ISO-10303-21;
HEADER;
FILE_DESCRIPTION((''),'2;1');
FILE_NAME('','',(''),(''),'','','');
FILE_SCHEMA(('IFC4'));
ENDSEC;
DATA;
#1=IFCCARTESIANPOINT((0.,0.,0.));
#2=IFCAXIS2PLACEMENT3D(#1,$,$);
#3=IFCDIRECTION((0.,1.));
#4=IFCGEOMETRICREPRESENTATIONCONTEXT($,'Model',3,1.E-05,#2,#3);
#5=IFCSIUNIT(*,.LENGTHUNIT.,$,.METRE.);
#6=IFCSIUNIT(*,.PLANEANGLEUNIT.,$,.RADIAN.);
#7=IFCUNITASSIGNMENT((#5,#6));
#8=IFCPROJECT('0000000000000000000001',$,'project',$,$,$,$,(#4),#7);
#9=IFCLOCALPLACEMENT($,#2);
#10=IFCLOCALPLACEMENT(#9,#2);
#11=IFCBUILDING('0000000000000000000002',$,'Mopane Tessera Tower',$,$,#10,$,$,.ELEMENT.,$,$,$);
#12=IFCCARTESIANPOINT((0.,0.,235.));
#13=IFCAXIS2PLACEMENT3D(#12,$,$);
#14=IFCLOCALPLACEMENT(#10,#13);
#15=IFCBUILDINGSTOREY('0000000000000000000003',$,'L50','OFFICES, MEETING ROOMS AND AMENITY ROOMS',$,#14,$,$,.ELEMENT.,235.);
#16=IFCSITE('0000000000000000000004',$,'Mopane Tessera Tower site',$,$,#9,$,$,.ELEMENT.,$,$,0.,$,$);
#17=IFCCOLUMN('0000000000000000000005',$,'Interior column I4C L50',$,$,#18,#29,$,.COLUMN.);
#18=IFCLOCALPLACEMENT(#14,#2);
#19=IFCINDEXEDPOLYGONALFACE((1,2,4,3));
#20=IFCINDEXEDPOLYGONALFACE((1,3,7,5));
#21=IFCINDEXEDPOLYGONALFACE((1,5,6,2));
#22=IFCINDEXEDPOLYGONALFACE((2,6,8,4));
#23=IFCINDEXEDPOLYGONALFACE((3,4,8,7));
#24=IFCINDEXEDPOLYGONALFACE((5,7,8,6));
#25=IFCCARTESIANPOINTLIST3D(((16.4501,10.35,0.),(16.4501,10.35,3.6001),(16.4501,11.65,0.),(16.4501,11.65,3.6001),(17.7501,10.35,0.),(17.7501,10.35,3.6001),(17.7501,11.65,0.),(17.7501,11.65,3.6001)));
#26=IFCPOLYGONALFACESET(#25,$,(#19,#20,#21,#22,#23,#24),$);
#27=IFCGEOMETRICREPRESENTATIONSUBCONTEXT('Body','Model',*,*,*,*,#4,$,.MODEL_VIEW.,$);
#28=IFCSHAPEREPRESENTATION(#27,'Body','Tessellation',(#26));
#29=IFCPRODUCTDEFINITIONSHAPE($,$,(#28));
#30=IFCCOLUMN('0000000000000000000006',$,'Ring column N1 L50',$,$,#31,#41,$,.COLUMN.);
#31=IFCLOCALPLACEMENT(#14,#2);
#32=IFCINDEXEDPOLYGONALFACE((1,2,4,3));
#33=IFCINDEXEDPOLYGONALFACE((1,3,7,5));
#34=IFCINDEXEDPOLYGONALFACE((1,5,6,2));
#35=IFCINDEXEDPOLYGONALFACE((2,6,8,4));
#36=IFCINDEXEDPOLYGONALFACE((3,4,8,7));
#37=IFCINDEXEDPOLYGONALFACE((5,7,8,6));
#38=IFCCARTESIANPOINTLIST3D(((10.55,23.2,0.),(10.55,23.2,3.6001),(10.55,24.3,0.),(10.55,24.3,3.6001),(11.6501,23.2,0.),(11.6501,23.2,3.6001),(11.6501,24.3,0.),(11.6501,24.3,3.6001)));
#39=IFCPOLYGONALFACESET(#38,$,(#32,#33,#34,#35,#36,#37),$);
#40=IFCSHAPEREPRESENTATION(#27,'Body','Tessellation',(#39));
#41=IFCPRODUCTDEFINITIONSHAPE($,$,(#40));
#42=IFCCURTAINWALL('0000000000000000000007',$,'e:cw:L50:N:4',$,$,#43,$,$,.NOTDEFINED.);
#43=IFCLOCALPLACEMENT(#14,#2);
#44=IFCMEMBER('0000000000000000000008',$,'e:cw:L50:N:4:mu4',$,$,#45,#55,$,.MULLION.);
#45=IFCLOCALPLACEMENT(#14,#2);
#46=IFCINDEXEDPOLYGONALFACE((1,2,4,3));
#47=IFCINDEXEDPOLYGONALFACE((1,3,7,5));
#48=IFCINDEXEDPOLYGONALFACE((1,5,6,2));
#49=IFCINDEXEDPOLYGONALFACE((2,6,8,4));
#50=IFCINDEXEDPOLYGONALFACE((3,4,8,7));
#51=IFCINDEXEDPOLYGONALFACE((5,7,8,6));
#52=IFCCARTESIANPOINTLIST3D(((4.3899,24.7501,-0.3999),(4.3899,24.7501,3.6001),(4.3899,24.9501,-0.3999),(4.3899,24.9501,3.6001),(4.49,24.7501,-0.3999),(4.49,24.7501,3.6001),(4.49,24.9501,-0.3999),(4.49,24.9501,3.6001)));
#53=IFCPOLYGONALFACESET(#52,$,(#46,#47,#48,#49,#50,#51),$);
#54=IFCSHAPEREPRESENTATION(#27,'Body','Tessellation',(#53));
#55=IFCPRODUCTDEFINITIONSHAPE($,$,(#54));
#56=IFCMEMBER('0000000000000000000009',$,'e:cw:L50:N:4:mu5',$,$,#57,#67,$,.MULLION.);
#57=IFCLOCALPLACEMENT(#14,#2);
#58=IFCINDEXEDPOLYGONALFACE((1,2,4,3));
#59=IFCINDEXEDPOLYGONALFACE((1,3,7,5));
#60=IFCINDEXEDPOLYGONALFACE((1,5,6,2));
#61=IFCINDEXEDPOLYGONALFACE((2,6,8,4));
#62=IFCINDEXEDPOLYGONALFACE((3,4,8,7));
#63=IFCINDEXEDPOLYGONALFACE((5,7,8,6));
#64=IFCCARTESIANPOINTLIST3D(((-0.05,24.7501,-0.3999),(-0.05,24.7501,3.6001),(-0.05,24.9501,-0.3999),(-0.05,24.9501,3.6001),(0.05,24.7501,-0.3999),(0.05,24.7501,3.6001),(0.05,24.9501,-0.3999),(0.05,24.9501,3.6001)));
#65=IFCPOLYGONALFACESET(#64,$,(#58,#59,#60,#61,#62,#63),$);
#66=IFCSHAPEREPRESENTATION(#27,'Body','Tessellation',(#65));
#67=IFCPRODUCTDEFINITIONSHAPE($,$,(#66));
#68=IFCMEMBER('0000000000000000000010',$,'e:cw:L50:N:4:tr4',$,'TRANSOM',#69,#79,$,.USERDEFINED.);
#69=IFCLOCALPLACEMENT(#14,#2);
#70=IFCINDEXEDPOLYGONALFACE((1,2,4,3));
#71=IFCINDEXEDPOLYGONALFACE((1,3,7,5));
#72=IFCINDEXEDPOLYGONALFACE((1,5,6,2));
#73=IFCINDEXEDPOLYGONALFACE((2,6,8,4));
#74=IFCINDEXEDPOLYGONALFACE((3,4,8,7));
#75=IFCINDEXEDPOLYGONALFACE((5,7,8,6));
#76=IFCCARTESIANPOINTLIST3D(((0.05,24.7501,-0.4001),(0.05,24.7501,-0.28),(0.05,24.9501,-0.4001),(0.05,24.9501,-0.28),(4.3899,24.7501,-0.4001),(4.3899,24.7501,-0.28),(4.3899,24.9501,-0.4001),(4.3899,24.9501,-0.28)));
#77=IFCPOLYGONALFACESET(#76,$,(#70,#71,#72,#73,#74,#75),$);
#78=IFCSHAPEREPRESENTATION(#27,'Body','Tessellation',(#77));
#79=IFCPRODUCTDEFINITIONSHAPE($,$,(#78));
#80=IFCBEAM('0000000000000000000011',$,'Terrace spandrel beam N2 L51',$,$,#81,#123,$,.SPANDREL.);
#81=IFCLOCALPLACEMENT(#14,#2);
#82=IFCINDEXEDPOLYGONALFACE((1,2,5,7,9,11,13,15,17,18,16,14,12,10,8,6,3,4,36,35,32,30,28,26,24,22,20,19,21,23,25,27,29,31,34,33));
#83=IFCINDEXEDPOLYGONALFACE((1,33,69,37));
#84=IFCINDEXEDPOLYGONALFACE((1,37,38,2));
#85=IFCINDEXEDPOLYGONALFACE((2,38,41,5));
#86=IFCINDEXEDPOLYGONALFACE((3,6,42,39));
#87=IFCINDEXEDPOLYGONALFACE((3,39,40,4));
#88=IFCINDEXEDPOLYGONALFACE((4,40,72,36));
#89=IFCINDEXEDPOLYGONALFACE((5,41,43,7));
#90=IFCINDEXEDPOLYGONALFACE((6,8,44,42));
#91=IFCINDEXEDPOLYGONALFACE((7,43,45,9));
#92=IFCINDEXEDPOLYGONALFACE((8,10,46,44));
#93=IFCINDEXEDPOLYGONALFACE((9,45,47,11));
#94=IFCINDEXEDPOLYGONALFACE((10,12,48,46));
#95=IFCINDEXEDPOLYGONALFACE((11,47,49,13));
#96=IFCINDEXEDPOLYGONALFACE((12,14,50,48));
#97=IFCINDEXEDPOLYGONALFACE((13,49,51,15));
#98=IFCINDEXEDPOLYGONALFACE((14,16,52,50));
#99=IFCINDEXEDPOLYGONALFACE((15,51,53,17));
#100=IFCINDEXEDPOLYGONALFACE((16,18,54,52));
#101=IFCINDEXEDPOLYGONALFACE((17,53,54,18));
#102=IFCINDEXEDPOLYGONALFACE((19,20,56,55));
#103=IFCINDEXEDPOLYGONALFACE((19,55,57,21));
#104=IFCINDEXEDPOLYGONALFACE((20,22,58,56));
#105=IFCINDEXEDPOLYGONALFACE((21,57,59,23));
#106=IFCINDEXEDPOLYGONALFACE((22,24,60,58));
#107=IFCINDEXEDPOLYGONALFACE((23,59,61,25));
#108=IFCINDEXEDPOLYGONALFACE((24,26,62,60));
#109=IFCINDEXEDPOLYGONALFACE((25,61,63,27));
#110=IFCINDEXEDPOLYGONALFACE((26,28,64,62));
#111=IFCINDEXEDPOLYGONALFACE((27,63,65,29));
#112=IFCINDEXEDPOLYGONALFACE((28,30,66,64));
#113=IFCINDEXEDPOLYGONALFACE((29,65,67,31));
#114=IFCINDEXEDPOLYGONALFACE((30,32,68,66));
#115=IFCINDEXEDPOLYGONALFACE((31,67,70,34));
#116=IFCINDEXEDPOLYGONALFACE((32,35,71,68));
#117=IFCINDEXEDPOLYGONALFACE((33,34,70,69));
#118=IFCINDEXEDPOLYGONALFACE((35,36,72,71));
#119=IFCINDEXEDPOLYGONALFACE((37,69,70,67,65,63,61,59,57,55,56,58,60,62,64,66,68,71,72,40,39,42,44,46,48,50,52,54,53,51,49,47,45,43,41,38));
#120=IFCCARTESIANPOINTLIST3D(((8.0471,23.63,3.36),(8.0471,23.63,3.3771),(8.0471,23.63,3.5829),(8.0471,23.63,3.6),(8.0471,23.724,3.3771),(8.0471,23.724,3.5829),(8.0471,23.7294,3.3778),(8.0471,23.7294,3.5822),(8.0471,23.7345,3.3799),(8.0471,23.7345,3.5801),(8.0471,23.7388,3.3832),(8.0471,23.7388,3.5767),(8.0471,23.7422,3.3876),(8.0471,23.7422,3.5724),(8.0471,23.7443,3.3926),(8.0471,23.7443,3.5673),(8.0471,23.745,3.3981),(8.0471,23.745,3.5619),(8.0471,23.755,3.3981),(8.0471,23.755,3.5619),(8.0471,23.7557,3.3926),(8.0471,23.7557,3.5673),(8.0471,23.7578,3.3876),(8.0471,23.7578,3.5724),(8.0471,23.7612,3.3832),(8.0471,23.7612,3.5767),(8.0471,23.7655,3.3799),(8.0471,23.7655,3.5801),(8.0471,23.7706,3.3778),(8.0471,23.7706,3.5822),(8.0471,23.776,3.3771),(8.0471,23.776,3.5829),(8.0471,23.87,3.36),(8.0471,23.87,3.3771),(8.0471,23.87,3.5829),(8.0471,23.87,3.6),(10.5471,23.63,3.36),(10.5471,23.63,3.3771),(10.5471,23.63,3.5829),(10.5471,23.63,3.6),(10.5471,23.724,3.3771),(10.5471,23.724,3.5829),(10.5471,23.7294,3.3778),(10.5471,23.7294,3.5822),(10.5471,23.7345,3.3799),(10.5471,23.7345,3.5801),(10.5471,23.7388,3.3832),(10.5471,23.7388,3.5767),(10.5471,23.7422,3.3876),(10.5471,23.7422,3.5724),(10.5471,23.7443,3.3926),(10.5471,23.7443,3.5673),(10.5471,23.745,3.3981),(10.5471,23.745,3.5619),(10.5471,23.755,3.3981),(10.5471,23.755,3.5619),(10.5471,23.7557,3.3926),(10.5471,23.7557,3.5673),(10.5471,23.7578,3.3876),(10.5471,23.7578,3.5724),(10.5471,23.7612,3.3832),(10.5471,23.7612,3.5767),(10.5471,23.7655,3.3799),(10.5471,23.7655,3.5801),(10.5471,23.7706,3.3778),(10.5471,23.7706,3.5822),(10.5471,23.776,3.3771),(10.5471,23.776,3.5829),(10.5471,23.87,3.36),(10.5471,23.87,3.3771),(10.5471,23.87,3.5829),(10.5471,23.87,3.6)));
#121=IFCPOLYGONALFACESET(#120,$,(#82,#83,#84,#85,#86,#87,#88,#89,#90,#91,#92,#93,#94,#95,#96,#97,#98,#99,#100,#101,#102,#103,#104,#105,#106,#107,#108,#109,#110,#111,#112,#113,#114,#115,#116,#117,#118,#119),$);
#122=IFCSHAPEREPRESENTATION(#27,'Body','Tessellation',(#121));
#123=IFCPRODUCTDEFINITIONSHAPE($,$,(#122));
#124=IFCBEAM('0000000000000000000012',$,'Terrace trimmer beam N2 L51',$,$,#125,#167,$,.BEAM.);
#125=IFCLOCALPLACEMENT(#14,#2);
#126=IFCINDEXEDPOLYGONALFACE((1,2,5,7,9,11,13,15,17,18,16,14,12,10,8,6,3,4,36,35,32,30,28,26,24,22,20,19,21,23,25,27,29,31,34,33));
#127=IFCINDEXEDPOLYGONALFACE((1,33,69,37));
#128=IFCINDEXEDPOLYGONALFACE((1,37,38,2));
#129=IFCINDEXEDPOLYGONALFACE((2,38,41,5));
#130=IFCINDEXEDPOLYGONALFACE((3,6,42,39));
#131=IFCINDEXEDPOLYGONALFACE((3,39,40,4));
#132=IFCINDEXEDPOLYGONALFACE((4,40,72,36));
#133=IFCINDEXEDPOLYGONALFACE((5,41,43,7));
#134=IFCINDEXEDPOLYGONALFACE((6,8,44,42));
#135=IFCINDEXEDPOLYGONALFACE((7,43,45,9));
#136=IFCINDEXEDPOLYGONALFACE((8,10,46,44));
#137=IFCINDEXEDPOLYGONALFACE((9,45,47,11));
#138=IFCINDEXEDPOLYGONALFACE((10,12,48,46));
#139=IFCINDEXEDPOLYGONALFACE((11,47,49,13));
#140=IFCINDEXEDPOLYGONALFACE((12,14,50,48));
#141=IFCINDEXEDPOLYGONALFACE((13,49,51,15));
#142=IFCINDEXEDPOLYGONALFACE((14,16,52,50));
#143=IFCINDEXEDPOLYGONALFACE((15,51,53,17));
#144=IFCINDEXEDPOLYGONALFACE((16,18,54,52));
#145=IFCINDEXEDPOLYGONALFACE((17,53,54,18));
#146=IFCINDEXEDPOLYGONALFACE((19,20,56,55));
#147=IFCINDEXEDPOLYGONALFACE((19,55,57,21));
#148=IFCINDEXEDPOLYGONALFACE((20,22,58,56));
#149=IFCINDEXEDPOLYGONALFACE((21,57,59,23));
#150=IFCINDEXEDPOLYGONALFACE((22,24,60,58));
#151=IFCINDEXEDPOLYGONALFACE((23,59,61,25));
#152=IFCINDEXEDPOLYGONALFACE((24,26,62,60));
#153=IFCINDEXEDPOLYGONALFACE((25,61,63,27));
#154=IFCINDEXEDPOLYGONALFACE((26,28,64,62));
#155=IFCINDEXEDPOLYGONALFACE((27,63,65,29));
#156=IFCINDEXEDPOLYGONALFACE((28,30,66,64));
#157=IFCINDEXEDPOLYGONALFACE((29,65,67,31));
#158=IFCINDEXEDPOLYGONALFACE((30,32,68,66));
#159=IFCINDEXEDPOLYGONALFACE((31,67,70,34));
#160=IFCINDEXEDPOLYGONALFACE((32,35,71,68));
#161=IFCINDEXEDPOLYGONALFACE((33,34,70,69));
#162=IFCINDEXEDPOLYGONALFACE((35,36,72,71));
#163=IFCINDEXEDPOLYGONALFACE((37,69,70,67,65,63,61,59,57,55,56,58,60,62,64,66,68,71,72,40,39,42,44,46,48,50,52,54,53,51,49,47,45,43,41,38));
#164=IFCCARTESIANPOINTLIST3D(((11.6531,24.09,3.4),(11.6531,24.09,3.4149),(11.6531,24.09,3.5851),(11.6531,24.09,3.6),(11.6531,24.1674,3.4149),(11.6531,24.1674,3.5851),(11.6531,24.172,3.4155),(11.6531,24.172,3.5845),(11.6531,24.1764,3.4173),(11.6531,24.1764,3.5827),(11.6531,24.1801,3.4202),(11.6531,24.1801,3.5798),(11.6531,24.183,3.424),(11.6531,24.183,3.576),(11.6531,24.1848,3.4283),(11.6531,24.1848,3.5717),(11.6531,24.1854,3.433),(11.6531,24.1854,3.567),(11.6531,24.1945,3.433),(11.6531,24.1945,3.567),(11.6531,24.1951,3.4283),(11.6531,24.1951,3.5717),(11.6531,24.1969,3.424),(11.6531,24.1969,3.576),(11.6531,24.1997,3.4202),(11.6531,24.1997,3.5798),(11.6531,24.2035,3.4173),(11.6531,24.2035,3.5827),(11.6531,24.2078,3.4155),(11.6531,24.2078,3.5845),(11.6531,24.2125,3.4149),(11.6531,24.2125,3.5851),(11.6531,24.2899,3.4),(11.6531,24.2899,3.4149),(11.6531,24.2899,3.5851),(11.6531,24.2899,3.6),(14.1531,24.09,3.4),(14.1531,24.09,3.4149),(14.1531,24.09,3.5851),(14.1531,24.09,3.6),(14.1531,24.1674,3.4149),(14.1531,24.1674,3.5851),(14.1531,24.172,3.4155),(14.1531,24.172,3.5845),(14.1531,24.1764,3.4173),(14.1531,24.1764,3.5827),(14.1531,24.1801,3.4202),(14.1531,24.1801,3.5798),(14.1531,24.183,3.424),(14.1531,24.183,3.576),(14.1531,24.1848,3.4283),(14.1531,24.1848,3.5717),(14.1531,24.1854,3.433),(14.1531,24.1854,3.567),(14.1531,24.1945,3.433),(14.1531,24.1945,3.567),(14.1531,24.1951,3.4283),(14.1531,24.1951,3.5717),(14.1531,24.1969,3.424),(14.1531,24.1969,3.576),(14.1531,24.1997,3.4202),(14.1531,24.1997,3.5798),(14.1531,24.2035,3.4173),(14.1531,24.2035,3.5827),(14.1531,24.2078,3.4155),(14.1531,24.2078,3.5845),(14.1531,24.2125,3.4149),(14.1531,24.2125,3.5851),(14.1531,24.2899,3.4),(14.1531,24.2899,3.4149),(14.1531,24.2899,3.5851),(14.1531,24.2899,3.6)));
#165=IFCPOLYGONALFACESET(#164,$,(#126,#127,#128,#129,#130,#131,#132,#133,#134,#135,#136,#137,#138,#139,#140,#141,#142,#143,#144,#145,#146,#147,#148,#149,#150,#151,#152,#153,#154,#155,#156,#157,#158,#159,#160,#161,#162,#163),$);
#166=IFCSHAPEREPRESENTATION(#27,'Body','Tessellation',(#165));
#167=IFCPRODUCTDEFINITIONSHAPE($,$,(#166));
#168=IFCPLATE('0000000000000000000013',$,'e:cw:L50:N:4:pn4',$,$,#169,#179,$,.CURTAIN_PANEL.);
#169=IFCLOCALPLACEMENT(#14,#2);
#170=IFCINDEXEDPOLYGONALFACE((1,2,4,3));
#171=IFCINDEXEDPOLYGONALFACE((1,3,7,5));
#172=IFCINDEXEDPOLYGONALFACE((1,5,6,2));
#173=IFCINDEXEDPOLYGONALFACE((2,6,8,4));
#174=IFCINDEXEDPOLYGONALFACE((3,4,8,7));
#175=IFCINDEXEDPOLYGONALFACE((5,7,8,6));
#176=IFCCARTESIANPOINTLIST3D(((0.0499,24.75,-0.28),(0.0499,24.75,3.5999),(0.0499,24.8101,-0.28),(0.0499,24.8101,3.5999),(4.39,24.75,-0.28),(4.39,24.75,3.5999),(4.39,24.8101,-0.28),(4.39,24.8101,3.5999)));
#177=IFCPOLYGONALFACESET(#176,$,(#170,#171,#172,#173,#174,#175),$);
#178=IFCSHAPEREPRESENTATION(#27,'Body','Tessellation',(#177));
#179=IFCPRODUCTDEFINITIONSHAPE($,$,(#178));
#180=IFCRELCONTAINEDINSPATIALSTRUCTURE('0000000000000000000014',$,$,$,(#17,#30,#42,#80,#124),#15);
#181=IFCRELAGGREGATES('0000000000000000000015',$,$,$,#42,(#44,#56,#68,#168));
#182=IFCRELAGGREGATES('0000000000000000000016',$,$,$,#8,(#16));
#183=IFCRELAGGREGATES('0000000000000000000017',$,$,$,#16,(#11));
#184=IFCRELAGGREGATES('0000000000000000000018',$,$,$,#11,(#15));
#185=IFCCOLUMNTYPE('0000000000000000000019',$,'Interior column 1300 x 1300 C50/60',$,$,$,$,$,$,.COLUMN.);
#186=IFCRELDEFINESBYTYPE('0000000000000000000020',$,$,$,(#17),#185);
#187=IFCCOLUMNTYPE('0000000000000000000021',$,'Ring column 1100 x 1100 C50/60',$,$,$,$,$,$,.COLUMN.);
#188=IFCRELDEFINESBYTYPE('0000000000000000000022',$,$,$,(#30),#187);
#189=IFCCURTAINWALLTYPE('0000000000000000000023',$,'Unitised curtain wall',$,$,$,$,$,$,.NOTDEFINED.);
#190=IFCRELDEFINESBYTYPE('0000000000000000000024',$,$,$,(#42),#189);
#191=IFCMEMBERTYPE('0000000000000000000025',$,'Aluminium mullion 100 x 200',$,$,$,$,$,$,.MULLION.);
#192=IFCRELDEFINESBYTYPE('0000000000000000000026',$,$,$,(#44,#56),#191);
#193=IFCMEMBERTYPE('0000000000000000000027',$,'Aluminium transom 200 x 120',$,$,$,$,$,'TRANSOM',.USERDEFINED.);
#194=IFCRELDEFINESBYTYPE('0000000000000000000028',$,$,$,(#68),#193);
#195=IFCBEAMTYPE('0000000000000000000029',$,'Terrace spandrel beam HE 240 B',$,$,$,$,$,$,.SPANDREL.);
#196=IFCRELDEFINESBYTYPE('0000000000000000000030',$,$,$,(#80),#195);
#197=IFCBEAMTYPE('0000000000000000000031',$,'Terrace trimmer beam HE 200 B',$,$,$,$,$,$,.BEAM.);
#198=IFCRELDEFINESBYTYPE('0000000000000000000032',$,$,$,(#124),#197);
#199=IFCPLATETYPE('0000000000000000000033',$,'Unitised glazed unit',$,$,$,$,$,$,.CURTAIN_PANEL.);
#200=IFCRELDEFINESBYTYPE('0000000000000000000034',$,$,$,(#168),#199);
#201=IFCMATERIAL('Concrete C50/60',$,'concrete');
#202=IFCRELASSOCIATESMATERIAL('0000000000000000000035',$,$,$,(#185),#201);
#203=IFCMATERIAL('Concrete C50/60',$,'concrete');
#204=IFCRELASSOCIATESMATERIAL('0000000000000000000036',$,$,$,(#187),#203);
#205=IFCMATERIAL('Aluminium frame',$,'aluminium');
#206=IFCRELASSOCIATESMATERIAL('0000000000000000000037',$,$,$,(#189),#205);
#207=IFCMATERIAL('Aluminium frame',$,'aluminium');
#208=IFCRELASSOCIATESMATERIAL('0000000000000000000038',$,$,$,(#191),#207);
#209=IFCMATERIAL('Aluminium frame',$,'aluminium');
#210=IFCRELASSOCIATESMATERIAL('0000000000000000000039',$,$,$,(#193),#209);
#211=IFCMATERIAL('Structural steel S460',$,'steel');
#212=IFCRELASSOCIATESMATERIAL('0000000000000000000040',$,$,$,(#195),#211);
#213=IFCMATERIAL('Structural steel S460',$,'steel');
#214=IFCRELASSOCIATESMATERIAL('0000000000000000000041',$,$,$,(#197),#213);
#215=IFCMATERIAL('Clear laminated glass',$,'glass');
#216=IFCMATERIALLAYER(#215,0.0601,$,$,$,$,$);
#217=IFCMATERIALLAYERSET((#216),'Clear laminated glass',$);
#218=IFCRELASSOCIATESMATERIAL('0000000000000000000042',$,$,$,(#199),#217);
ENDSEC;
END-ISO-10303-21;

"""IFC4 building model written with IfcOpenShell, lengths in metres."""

from ifc_helpers import new_model, si_unit, direction, frame, origin, origin_2d, place, context, subcontext, project, spatial, rectangle, i_section, extrude, material, layer, layer_set, material_profile, profile_set, type_object, element, aggregate, save


model = new_model("IFC4")

# Units and contexts
model_context = context("Model", 3, precision=1e-05, world=origin(), true_north=direction((0.0, 1.0)))
body_context = subcontext(model_context, "Body", "Model", "MODEL_VIEW")
ifc_project = project(units=[si_unit("LENGTHUNIT", "METRE"), si_unit("PLANEANGLEUNIT", "RADIAN")], contexts=[model_context])

# Site, building, storey
site_placement = place(None, origin())
site = spatial("IfcSite", under=ifc_project, at=site_placement, Name="Mopane Tessera Tower site", CompositionType="ELEMENT", RefElevation=0.0)
building_placement = place(site_placement, origin())
building = spatial("IfcBuilding", under=site, at=building_placement, Name="Mopane Tessera Tower", CompositionType="ELEMENT")
storey_placement = place(building_placement, frame((0.0, 0.0, 235.0)))
storey = spatial("IfcBuildingStorey", under=building, at=storey_placement, Name="L50", Description="OFFICES, MEETING ROOMS AND AMENITY ROOMS", CompositionType="ELEMENT", Elevation=235.0)

# Columns
ifc_material_1 = material(Name="Concrete C50/60", Category="concrete")
ifc_material_profile_1 = material_profile(ifc_material_1, rectangle(XDim=1.3, YDim=1.3, at=origin_2d()))
ifc_profile_set_1 = profile_set([ifc_material_profile_1], Name="Concrete C50/60")
column_type_1 = type_object("IfcColumnType", Name="Interior column 1300 x 1300 C50/60", PredefinedType="COLUMN", material=ifc_profile_set_1)
column_1_placement = place(storey_placement, frame((17.1001, 11.0, 0.0), z_axis=(0.0, 0.0, 1.0), x_axis=(1.0, 0.0, 0.0)))
element("IfcColumn", 1, at=column_1_placement, inside=storey, type_object=column_type_1, Name="Interior column I4C L50", PredefinedType="COLUMN", context=body_context, shape_type="SweptSolid", body=[
    extrude(rectangle(XDim=1.3, YDim=1.3, at=origin_2d()), origin(), (0.0, 0.0, 1.0), 3.6001),
])
ifc_material_2 = material(Name="Concrete C50/60", Category="concrete")
ifc_material_profile_2 = material_profile(ifc_material_2, rectangle(XDim=1.1001, YDim=1.1001, at=origin_2d()))
ifc_profile_set_2 = profile_set([ifc_material_profile_2], Name="Concrete C50/60")
column_type_2 = type_object("IfcColumnType", Name="Ring column 1100 x 1100 C50/60", PredefinedType="COLUMN", material=ifc_profile_set_2)
column_2_placement = place(storey_placement, frame((11.1001, 23.75, 0.0), z_axis=(0.0, 0.0, 1.0), x_axis=(1.0, 0.0, 0.0)))
element("IfcColumn", 2, at=column_2_placement, inside=storey, type_object=column_type_2, Name="Ring column N1 L50", PredefinedType="COLUMN", context=body_context, shape_type="SweptSolid", body=[
    extrude(rectangle(XDim=1.1001, YDim=1.1001, at=origin_2d()), origin(), (0.0, 0.0, 1.0), 3.6001),
])

# Curtain wall, members
ifc_material_3 = material(Name="Aluminium frame", Category="aluminium")
curtain_wall_type = type_object("IfcCurtainWallType", Name="Unitised curtain wall", PredefinedType="NOTDEFINED", material=ifc_material_3)
curtain_wall_placement = place(storey_placement, origin())
curtain_wall = element("IfcCurtainWall", 3, at=curtain_wall_placement, inside=storey, type_object=curtain_wall_type, Name="e:cw:L50:N:4", PredefinedType="NOTDEFINED")
ifc_material_4 = material(Name="Aluminium frame", Category="aluminium")
ifc_material_profile_3 = material_profile(ifc_material_4, rectangle(XDim=0.1001, YDim=0.2, at=origin_2d()))
ifc_profile_set_3 = profile_set([ifc_material_profile_3], Name="Aluminium frame")
member_type_1 = type_object("IfcMemberType", Name="Aluminium mullion 100 x 200", PredefinedType="MULLION", material=ifc_profile_set_3)
member_1_placement = place(storey_placement, frame((4.4399, 24.8501, -0.3999), z_axis=(0.0, 0.0, 1.0), x_axis=(-1.0, 0.0, 0.0)))
member_1 = element("IfcMember", 4, at=member_1_placement, type_object=member_type_1, Name="e:cw:L50:N:4:mu4", PredefinedType="MULLION", context=body_context, shape_type="SweptSolid", body=[
    extrude(rectangle(XDim=0.1001, YDim=0.2, at=origin_2d()), origin(), (0.0, 0.0, 1.0), 4.0),
])
member_2_placement = place(storey_placement, frame((0.0, 24.8501, -0.3999), z_axis=(0.0, 0.0, 1.0), x_axis=(-1.0, 0.0, 0.0)))
member_2 = element("IfcMember", 5, at=member_2_placement, type_object=member_type_1, Name="e:cw:L50:N:4:mu5", PredefinedType="MULLION", context=body_context, shape_type="SweptSolid", body=[
    extrude(rectangle(XDim=0.1001, YDim=0.2, at=origin_2d()), origin(), (0.0, 0.0, 1.0), 4.0),
])
ifc_material_5 = material(Name="Aluminium frame", Category="aluminium")
ifc_material_profile_4 = material_profile(ifc_material_5, rectangle(XDim=0.2, YDim=0.1201, at=origin_2d()))
ifc_profile_set_4 = profile_set([ifc_material_profile_4], Name="Aluminium frame")
member_type_2 = type_object("IfcMemberType", Name="Aluminium transom 200 x 120", ElementType="TRANSOM", PredefinedType="USERDEFINED", material=ifc_profile_set_4)
member_3_placement = place(storey_placement, frame((4.3899, 24.8501, -0.3401), z_axis=(-1.0, 0.0, 0.0), x_axis=(0.0, -1.0, 0.0)))
member_3 = element("IfcMember", 6, at=member_3_placement, type_object=member_type_2, Name="e:cw:L50:N:4:tr4", ObjectType="TRANSOM", PredefinedType="USERDEFINED", context=body_context, shape_type="SweptSolid", body=[
    extrude(rectangle(XDim=0.2, YDim=0.1201, at=origin_2d()), origin(), (0.0, 0.0, 1.0), 4.3398),
])

# Beams
ifc_material_6 = material(Name="Structural steel S460", Category="steel")
ifc_material_profile_5 = material_profile(ifc_material_6, i_section(OverallWidth=0.24, OverallDepth=0.24, WebThickness=0.01, FlangeThickness=0.0171, FilletRadius=0.021, at=origin_2d()))
ifc_profile_set_5 = profile_set([ifc_material_profile_5], Name="Structural steel S460")
beam_type_1 = type_object("IfcBeamType", Name="Terrace spandrel beam HE 240 B", PredefinedType="SPANDREL", material=ifc_profile_set_5)
beam_1_placement = place(storey_placement, frame((10.5471, 23.75, 3.48), z_axis=(-1.0, 0.0, 0.0), x_axis=(0.0, -1.0, 0.0)))
element("IfcBeam", 7, at=beam_1_placement, inside=storey, type_object=beam_type_1, Name="Terrace spandrel beam N2 L51", PredefinedType="SPANDREL", context=body_context, shape_type="SweptSolid", body=[
    extrude(i_section(OverallWidth=0.24, OverallDepth=0.24, WebThickness=0.01, FlangeThickness=0.0171, FilletRadius=0.021, at=origin_2d()), origin(), (0.0, 0.0, 1.0), 2.5),
])
ifc_material_7 = material(Name="Structural steel S460", Category="steel")
ifc_material_profile_6 = material_profile(ifc_material_7, i_section(OverallWidth=0.2, OverallDepth=0.2, WebThickness=0.009, FlangeThickness=0.0149, FilletRadius=0.0181, at=origin_2d()))
ifc_profile_set_6 = profile_set([ifc_material_profile_6], Name="Structural steel S460")
beam_type_2 = type_object("IfcBeamType", Name="Terrace trimmer beam HE 200 B", PredefinedType="BEAM", material=ifc_profile_set_6)
beam_2_placement = place(storey_placement, frame((11.6531, 24.1899, 3.5), z_axis=(1.0, 0.0, 0.0), x_axis=(0.0, 1.0, 0.0)))
element("IfcBeam", 8, at=beam_2_placement, inside=storey, type_object=beam_type_2, Name="Terrace trimmer beam N2 L51", PredefinedType="BEAM", context=body_context, shape_type="SweptSolid", body=[
    extrude(i_section(OverallWidth=0.2, OverallDepth=0.2, WebThickness=0.009, FlangeThickness=0.0149, FilletRadius=0.0181, at=origin_2d()), origin(), (0.0, 0.0, 1.0), 2.5),
])

# Plate
ifc_material_8 = material(Name="Clear laminated glass", Category="glass")
ifc_layer_1 = layer(ifc_material_8, 0.0601)
ifc_layer_set_1 = layer_set([ifc_layer_1], Name="Clear laminated glass")
plate_type = type_object("IfcPlateType", Name="Unitised glazed unit", PredefinedType="CURTAIN_PANEL", material=ifc_layer_set_1)
plate_placement = place(storey_placement, frame((2.22, 24.78, -0.28), z_axis=(0.0, 0.0, 1.0), x_axis=(-1.0, 0.0, 0.0)))
plate = element("IfcPlate", 9, at=plate_placement, type_object=plate_type, Name="e:cw:L50:N:4:pn4", PredefinedType="CURTAIN_PANEL", context=body_context, shape_type="SweptSolid", body=[
    extrude(rectangle(XDim=4.3401, YDim=0.0601, at=origin_2d()), origin(), (0.0, 0.0, 1.0), 3.8799),
])
aggregate(curtain_wall, [member_1, member_2, member_3, plate])

save(model, "model.ifc")
